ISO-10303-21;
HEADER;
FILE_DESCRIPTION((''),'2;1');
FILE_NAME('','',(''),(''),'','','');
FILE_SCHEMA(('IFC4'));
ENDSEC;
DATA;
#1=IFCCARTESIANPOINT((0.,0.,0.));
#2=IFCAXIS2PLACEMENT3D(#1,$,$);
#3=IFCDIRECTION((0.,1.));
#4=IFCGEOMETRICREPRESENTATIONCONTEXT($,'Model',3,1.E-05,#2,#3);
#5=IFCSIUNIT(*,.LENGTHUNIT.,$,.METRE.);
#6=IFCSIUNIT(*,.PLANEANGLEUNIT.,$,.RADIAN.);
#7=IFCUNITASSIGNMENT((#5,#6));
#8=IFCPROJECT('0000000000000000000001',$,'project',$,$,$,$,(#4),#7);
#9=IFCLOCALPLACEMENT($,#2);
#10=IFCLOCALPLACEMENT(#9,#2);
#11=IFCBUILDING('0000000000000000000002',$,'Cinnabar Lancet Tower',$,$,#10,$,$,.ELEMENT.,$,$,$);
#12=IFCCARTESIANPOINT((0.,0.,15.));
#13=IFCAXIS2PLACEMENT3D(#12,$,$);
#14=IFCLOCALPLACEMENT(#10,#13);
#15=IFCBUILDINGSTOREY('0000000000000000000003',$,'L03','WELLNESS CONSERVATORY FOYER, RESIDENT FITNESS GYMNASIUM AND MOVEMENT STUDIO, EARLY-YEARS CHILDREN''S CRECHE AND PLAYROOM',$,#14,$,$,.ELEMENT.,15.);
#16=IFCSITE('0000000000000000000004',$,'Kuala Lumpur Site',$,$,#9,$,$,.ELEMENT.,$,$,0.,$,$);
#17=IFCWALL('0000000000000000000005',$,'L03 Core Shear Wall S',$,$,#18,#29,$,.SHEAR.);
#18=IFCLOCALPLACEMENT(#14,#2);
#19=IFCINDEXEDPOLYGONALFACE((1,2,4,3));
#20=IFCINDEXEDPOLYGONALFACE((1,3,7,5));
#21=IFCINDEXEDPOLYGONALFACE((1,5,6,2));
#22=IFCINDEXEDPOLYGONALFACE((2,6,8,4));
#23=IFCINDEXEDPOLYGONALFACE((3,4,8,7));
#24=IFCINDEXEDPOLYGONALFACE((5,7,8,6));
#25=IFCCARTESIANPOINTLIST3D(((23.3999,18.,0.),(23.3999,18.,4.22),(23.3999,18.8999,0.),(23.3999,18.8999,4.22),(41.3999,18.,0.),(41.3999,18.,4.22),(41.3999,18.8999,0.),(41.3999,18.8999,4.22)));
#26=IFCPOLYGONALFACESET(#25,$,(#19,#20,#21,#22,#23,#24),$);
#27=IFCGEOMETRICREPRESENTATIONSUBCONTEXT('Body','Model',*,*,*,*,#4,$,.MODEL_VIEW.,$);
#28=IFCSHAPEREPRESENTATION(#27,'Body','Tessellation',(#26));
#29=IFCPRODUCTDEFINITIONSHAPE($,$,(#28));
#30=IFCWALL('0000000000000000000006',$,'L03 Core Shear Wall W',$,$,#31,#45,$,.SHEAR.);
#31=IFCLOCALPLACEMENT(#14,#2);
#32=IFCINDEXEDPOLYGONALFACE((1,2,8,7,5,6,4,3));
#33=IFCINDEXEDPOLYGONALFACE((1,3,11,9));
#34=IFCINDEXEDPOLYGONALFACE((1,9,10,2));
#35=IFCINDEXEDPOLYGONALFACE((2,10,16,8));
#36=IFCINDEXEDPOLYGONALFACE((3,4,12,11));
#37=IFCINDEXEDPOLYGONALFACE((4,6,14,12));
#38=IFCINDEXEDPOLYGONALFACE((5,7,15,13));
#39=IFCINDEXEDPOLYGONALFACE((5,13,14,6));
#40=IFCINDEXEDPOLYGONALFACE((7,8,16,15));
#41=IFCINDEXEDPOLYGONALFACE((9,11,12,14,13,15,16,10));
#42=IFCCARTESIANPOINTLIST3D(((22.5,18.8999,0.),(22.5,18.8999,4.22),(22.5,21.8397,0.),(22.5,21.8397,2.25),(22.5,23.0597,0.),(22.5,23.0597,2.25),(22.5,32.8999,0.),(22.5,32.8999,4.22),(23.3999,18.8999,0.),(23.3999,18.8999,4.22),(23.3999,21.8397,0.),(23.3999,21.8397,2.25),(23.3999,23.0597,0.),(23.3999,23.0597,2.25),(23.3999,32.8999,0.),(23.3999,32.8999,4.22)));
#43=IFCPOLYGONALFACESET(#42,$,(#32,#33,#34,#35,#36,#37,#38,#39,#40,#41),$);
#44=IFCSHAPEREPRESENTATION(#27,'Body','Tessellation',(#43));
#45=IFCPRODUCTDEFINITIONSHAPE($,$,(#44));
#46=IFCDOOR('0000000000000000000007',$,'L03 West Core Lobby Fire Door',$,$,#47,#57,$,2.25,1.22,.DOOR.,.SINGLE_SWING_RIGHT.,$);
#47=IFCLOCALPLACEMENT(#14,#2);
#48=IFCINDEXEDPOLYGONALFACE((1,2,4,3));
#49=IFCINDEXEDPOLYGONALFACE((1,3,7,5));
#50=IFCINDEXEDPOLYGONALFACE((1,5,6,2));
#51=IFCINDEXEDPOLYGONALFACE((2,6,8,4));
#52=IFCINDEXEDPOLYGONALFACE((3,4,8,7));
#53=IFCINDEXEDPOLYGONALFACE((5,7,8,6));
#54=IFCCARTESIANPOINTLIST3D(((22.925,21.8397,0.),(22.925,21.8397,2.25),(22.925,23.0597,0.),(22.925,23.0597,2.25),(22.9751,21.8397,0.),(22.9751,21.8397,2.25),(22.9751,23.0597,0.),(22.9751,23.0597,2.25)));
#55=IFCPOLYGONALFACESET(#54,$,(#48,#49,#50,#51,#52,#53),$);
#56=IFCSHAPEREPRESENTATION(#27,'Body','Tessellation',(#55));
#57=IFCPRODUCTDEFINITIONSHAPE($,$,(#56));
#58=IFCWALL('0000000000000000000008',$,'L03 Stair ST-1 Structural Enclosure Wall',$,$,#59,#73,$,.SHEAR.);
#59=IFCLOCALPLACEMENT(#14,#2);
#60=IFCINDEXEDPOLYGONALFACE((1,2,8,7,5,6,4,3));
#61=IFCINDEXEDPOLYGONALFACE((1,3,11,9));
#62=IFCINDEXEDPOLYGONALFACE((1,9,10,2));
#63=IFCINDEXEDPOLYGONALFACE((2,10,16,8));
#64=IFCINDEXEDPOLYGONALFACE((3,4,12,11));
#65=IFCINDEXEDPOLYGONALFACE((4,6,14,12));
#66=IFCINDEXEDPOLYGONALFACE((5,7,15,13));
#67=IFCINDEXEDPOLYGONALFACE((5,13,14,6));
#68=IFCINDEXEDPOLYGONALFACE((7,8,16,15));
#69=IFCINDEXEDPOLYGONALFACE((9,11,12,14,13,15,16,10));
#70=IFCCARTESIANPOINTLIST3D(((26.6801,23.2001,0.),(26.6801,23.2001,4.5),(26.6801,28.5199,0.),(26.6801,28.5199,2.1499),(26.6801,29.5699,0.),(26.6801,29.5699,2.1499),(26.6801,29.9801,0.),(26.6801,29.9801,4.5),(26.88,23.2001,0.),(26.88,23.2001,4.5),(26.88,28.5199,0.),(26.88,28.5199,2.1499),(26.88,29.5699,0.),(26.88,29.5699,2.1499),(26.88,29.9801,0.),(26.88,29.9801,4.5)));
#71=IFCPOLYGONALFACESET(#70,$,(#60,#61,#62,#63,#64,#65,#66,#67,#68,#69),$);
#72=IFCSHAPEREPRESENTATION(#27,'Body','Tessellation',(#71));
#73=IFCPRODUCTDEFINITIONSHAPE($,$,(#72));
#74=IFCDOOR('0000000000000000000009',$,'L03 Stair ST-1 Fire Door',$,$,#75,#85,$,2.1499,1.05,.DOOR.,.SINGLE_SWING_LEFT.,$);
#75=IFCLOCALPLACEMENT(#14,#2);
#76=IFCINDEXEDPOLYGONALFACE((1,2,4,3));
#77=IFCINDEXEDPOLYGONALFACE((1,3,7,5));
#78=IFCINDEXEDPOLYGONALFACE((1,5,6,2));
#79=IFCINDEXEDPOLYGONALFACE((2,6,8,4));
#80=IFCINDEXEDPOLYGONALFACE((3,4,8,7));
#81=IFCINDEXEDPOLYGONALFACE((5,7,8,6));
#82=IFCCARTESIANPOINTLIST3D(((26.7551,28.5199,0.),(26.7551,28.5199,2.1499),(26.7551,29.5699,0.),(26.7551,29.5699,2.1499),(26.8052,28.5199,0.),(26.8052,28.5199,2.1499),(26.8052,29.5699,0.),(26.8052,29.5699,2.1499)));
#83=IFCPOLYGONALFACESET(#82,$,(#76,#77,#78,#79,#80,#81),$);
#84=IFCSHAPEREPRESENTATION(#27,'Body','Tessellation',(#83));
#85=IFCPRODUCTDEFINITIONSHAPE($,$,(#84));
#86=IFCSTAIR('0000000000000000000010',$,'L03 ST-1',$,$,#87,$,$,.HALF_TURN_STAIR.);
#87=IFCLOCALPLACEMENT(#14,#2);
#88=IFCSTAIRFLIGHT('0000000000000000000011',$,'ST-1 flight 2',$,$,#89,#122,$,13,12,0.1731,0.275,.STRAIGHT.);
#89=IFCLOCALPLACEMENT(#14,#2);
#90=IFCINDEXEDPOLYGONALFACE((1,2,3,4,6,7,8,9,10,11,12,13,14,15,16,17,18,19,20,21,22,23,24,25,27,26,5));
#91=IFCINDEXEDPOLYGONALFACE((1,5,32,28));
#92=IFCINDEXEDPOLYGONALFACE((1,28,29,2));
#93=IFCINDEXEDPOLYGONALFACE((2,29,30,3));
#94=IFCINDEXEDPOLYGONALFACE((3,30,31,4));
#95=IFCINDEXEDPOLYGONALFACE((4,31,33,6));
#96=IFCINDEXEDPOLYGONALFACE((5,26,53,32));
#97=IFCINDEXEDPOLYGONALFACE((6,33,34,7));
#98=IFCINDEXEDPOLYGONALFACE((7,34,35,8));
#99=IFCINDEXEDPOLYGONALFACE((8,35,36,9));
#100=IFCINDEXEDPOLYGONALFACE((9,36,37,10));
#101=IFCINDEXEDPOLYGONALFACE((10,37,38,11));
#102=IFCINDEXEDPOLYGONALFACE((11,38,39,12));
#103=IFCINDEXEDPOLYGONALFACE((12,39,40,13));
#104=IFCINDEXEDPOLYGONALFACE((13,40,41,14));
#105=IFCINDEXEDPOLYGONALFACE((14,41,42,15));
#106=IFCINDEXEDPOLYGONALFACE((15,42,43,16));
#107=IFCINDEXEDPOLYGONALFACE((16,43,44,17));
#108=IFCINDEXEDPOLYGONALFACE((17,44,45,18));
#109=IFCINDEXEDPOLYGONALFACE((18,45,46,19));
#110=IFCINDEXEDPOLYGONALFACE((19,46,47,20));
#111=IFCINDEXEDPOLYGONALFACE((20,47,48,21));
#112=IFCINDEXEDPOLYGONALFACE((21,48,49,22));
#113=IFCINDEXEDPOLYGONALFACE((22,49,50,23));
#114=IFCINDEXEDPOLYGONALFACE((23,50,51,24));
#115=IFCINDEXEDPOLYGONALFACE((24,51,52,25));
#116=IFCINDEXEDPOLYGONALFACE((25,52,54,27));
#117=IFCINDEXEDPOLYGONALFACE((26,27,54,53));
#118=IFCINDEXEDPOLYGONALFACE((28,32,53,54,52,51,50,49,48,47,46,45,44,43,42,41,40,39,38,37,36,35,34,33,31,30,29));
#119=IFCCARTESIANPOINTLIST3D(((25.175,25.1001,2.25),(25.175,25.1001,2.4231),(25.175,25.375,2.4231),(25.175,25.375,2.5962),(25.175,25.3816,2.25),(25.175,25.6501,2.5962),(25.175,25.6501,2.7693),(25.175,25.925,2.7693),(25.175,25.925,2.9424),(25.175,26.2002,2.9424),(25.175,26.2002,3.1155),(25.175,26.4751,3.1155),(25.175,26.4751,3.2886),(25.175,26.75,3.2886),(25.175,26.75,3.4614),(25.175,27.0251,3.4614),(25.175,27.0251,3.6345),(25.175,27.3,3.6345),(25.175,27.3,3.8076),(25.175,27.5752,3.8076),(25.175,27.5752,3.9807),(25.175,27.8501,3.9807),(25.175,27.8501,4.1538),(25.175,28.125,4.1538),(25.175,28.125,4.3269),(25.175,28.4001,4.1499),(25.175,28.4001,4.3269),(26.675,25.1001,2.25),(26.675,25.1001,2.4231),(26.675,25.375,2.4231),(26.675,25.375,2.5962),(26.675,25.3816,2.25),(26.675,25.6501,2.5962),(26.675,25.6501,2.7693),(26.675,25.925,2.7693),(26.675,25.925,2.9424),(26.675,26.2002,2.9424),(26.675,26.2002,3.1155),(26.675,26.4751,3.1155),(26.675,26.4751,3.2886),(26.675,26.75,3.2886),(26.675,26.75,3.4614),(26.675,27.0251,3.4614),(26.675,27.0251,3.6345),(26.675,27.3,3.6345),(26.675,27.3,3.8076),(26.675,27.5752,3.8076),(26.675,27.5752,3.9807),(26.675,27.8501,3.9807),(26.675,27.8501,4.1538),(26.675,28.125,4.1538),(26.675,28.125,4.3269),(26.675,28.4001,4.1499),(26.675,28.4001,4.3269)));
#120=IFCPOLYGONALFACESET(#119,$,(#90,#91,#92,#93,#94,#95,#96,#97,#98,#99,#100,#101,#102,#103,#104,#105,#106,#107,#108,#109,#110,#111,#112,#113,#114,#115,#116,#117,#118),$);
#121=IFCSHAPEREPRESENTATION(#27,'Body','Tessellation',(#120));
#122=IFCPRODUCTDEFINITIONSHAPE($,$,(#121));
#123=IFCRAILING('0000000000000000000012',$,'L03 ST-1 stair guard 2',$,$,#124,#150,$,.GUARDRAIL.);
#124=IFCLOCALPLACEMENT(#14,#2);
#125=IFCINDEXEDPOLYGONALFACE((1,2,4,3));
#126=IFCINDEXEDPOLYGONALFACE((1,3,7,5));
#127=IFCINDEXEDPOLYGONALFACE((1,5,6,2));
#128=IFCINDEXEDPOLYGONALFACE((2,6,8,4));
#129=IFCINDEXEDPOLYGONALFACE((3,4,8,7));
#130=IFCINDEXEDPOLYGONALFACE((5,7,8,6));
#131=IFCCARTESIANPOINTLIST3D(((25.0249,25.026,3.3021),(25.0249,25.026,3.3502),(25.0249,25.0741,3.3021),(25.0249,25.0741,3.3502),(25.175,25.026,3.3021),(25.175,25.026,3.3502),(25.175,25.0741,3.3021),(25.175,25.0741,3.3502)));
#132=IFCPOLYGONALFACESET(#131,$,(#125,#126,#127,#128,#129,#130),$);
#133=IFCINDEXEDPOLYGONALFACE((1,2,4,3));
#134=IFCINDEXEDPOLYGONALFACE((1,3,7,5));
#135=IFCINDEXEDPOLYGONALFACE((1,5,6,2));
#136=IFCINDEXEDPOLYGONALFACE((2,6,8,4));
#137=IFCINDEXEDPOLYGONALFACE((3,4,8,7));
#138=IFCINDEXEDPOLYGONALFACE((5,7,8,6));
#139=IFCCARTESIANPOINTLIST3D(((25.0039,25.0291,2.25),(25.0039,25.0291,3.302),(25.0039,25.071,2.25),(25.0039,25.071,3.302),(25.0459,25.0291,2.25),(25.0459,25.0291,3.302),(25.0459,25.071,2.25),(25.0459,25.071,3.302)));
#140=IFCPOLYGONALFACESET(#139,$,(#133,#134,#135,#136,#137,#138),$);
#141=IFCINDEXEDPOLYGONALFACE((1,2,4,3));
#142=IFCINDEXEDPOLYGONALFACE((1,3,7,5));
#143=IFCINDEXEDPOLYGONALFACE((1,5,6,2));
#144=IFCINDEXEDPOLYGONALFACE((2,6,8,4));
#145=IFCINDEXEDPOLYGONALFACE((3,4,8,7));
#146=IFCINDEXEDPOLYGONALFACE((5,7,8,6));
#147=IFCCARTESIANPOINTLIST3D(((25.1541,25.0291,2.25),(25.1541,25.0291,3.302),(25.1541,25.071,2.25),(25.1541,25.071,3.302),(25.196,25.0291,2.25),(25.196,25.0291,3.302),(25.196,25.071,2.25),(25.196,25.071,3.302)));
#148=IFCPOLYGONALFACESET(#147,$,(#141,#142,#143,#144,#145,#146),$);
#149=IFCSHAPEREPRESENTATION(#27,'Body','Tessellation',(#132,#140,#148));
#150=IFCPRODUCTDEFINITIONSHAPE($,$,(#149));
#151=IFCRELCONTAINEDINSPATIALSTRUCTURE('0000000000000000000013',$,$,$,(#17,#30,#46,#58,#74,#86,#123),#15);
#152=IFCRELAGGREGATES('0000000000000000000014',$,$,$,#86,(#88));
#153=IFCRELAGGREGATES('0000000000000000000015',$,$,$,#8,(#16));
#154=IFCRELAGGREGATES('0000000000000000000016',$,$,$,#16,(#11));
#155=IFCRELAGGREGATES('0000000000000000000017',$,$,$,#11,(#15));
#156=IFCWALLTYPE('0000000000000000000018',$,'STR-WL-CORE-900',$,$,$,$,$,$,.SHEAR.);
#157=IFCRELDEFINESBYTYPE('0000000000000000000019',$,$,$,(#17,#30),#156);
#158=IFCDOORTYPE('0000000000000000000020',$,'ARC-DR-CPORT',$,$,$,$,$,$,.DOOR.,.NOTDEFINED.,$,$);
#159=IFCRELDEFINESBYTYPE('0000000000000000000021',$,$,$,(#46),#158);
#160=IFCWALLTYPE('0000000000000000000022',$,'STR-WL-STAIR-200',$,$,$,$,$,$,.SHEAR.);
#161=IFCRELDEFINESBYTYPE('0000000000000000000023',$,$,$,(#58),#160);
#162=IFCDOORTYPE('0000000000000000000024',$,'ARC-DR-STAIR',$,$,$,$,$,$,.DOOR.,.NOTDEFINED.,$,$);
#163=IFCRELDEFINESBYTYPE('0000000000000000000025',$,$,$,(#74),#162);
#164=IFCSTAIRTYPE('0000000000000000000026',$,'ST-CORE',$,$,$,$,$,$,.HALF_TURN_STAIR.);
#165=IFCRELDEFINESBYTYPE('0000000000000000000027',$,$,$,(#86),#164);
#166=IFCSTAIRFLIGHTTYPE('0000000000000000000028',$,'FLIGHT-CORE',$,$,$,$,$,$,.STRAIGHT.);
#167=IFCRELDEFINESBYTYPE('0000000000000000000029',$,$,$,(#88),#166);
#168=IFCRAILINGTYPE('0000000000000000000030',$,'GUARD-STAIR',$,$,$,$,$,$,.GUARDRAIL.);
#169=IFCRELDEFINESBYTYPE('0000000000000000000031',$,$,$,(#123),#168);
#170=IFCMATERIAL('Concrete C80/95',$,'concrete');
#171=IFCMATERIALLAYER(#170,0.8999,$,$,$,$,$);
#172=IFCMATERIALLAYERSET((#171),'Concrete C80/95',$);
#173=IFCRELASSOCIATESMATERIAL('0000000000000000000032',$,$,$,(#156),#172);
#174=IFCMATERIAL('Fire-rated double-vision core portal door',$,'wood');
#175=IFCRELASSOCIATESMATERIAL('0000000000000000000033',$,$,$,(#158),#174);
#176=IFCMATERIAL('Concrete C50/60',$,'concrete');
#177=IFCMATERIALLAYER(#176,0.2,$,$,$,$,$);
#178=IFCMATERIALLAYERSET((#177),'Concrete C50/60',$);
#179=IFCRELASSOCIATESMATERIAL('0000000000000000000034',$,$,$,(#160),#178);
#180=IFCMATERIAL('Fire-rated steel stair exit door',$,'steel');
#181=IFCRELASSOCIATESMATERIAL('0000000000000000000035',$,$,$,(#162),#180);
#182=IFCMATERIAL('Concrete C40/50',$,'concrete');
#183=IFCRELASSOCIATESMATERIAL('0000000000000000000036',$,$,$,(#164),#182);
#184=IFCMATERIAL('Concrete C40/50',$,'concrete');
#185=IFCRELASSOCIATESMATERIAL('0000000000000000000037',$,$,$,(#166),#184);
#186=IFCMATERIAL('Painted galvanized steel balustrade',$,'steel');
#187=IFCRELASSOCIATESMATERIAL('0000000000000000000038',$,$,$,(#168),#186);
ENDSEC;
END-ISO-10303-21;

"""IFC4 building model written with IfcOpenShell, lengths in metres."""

from ifc_helpers import new_model, si_unit, direction, frame, frame_2d, origin, origin_2d, place, context, subcontext, project, spatial, polyline, rectangle, outline, extrude, material, layer, layer_set, type_object, element, fill, aggregate, save


model = new_model("IFC4")

# Units and contexts
model_context = context("Model", 3, precision=1e-05, world=origin(), true_north=direction((0.0, 1.0)))
body_context = subcontext(model_context, "Body", "Model", "MODEL_VIEW")
ifc_project = project(units=[si_unit("LENGTHUNIT", "METRE"), si_unit("PLANEANGLEUNIT", "RADIAN")], contexts=[model_context])

# Site, building, storey
site_placement = place(None, origin())
site = spatial("IfcSite", under=ifc_project, at=site_placement, Name="Kuala Lumpur Site", CompositionType="ELEMENT", RefElevation=0.0)
building_placement = place(site_placement, origin())
building = spatial("IfcBuilding", under=site, at=building_placement, Name="Cinnabar Lancet Tower", CompositionType="ELEMENT")
storey_placement = place(building_placement, frame((0.0, 0.0, 15.0)))
storey = spatial("IfcBuildingStorey", under=building, at=storey_placement, Name="L03", Description="WELLNESS CONSERVATORY FOYER, RESIDENT FITNESS GYMNASIUM AND MOVEMENT STUDIO, EARLY-YEARS CHILDREN'S CRECHE AND PLAYROOM", CompositionType="ELEMENT", Elevation=15.0)

# Wall
ifc_material_1 = material(Name="Concrete C80/95", Category="concrete")
ifc_layer_1 = layer(ifc_material_1, 0.8999)
ifc_layer_set_1 = layer_set([ifc_layer_1], Name="Concrete C80/95")
wall_type_1 = type_object("IfcWallType", Name="STR-WL-CORE-900", PredefinedType="SHEAR", material=ifc_layer_set_1)
wall_1_placement = place(storey_placement, frame((23.3999, 18.45, 0.0), z_axis=(0.0, 0.0, 1.0), x_axis=(1.0, 0.0, 0.0)))
element("IfcWall", 1, at=wall_1_placement, inside=storey, type_object=wall_type_1, Name="L03 Core Shear Wall S", PredefinedType="SHEAR", context=body_context, shape_type="SweptSolid", body=[
    extrude(rectangle(XDim=18.0, YDim=0.8999, at=frame_2d((9.0, 0.0))), origin(), (0.0, 0.0, 1.0), 4.22),
])

# Walls, openings, doors
wall_2_placement = place(storey_placement, frame((22.95, 18.8999, 0.0), z_axis=(0.0, 0.0, 1.0), x_axis=(0.0, 1.0, 0.0)))
wall_2 = element("IfcWall", 2, at=wall_2_placement, inside=storey, type_object=wall_type_1, Name="L03 Core Shear Wall W", PredefinedType="SHEAR", context=body_context, shape_type="SweptSolid", body=[
    extrude(rectangle(XDim=14.0, YDim=0.8999, at=frame_2d((7.0, 0.0))), origin(), (0.0, 0.0, 1.0), 4.22),
])
opening_1_placement = place(wall_2_placement, frame((2.9399, 0.0, 0.0)))
opening_1 = element("IfcOpeningElement", 3, at=opening_1_placement, cuts=wall_2, PredefinedType="OPENING", context=body_context, shape_type="SweptSolid", body=[
    extrude(rectangle(XDim=1.22, YDim=2.25, at=frame_2d((0.6099, 1.125))), frame((0.0, 0.46, 0.0), z_axis=(0.0, -1.0, 0.0), x_axis=(1.0, 0.0, 0.0)), (0.0, 0.0, 1.0), 0.9199),
])
ifc_material_2 = material(Name="Fire-rated double-vision core portal door", Category="wood")
door_type_1 = type_object("IfcDoorType", Name="ARC-DR-CPORT", OperationType="NOTDEFINED", PredefinedType="DOOR", material=ifc_material_2)
door_1_placement = place(opening_1_placement, origin())
door_1 = element("IfcDoor", 4, at=door_1_placement, inside=storey, type_object=door_type_1, Name="L03 West Core Lobby Fire Door", OperationType="SINGLE_SWING_RIGHT", OverallHeight=2.25, OverallWidth=1.22, PredefinedType="DOOR", context=body_context, shape_type="SweptSolid", body=[
    extrude(rectangle(XDim=1.22, YDim=2.25, at=frame_2d((0.6099, 1.125))), frame((0.0, 0.0249, 0.0), z_axis=(0.0, -1.0, 0.0), x_axis=(1.0, 0.0, 0.0)), (0.0, 0.0, 1.0), 0.05),
])
fill(opening_1, door_1)
ifc_material_3 = material(Name="Concrete C50/60", Category="concrete")
ifc_layer_2 = layer(ifc_material_3, 0.2)
ifc_layer_set_2 = layer_set([ifc_layer_2], Name="Concrete C50/60")
wall_type_2 = type_object("IfcWallType", Name="STR-WL-STAIR-200", PredefinedType="SHEAR", material=ifc_layer_set_2)
wall_3_placement = place(storey_placement, frame((26.78, 23.2, 0.0), z_axis=(0.0, 0.0, 1.0), x_axis=(0.0, 1.0, 0.0)))
wall_3 = element("IfcWall", 5, at=wall_3_placement, inside=storey, type_object=wall_type_2, Name="L03 Stair ST-1 Structural Enclosure Wall", PredefinedType="SHEAR", context=body_context, shape_type="SweptSolid", body=[
    extrude(rectangle(XDim=6.78, YDim=0.2, at=frame_2d((3.3901, 0.0))), origin(), (0.0, 0.0, 1.0), 4.5),
])
opening_2_placement = place(wall_3_placement, frame((5.3201, 0.0, 0.0)))
opening_2 = element("IfcOpeningElement", 6, at=opening_2_placement, cuts=wall_3, PredefinedType="OPENING", context=body_context, shape_type="SweptSolid", body=[
    extrude(rectangle(XDim=1.05, YDim=2.1499, at=frame_2d((0.5249, 1.075))), frame((0.0, 0.1099, 0.0), z_axis=(0.0, -1.0, 0.0), x_axis=(1.0, 0.0, 0.0)), (0.0, 0.0, 1.0), 0.22),
])
ifc_material_4 = material(Name="Fire-rated steel stair exit door", Category="steel")
door_type_2 = type_object("IfcDoorType", Name="ARC-DR-STAIR", OperationType="NOTDEFINED", PredefinedType="DOOR", material=ifc_material_4)
door_2_placement = place(opening_2_placement, origin())
door_2 = element("IfcDoor", 7, at=door_2_placement, inside=storey, type_object=door_type_2, Name="L03 Stair ST-1 Fire Door", OperationType="SINGLE_SWING_LEFT", OverallHeight=2.1499, OverallWidth=1.05, PredefinedType="DOOR", context=body_context, shape_type="SweptSolid", body=[
    extrude(rectangle(XDim=1.05, YDim=2.1499, at=frame_2d((0.5249, 1.075))), frame((0.0, 0.0249, 0.0), z_axis=(0.0, -1.0, 0.0), x_axis=(1.0, 0.0, 0.0)), (0.0, 0.0, 1.0), 0.05),
])
fill(opening_2, door_2)

# Stair, stair flight
ifc_material_5 = material(Name="Concrete C40/50", Category="concrete")
stair_type = type_object("IfcStairType", Name="ST-CORE", PredefinedType="HALF_TURN_STAIR", material=ifc_material_5)
stair_placement = place(storey_placement, origin())
stair = element("IfcStair", 8, at=stair_placement, inside=storey, type_object=stair_type, Name="L03 ST-1", PredefinedType="HALF_TURN_STAIR")
ifc_material_6 = material(Name="Concrete C40/50", Category="concrete")
stair_flight_type = type_object("IfcStairFlightType", Name="FLIGHT-CORE", PredefinedType="STRAIGHT", material=ifc_material_6)
stair_flight_placement = place(storey_placement, frame((25.925, 25.1001, 2.25), z_axis=(0.0, 0.0, 1.0), x_axis=(0.0, 1.0, 0.0)))
stair_flight = element("IfcStairFlight", 9, at=stair_flight_placement, type_object=stair_flight_type, Name="ST-1 flight 2", NumberOfRisers=13, NumberOfTreads=12, PredefinedType="STRAIGHT", RiserHeight=0.1731, TreadLength=0.275, context=body_context, shape_type="SweptSolid", body=[
    extrude(outline(polyline([(0.0, 0.0), (0.0, 0.1731), (0.2749, 0.1731), (0.2749, 0.3462), (0.55, 0.3462), (0.55, 0.5193), (0.825, 0.5193), (0.825, 0.6924), (1.1001, 0.6924), (1.1001, 0.8655), (1.375, 0.8655), (1.375, 1.0386), (1.6499, 1.0386), (1.6499, 1.2114), (1.925, 1.2114), (1.925, 1.3845), (2.2, 1.3845), (2.2, 1.5576), (2.4751, 1.5576), (2.4751, 1.7307), (2.75, 1.7307), (2.75, 1.9038), (3.0249, 1.9038), (3.0249, 2.0769), (3.3, 2.0769), (3.3, 2.25), (3.3, 1.8999), (0.2815, 0.0), (0.0, 0.0)])), frame((0.0, 0.75, 0.0), z_axis=(0.0, -1.0, 0.0), x_axis=(1.0, 0.0, 0.0)), (0.0, 0.0, 1.0), 1.5),
])
aggregate(stair, [stair_flight])

# Railing
ifc_material_7 = material(Name="Painted galvanized steel balustrade", Category="steel")
railing_type_1 = type_object("IfcRailingType", Name="GUARD-STAIR", PredefinedType="GUARDRAIL", material=ifc_material_7)
railing_1_placement = place(storey_placement, frame((25.0249, 25.05, 2.25)))
element("IfcRailing", 10, at=railing_1_placement, inside=storey, type_object=railing_type_1, Name="L03 ST-1 stair guard 2", PredefinedType="GUARDRAIL", context=body_context, shape_type="SweptSolid", body=[
    extrude(rectangle(XDim=0.0481, YDim=0.0481, at=origin_2d()), frame((0.0, 0.0, 1.0762), z_axis=(1.0, 0.0, 0.0), x_axis=(0.0, 1.0, 0.0)), (0.0, 0.0, 1.0), 0.1501),
    extrude(rectangle(XDim=0.042, YDim=0.042, at=origin_2d()), origin(), (0.0, 0.0, 1.0), 1.052),
    extrude(rectangle(XDim=0.042, YDim=0.042, at=origin_2d()), frame((0.1501, 0.0, 0.0)), (0.0, 0.0, 1.0), 1.052),
])

save(model, "model.ifc")
